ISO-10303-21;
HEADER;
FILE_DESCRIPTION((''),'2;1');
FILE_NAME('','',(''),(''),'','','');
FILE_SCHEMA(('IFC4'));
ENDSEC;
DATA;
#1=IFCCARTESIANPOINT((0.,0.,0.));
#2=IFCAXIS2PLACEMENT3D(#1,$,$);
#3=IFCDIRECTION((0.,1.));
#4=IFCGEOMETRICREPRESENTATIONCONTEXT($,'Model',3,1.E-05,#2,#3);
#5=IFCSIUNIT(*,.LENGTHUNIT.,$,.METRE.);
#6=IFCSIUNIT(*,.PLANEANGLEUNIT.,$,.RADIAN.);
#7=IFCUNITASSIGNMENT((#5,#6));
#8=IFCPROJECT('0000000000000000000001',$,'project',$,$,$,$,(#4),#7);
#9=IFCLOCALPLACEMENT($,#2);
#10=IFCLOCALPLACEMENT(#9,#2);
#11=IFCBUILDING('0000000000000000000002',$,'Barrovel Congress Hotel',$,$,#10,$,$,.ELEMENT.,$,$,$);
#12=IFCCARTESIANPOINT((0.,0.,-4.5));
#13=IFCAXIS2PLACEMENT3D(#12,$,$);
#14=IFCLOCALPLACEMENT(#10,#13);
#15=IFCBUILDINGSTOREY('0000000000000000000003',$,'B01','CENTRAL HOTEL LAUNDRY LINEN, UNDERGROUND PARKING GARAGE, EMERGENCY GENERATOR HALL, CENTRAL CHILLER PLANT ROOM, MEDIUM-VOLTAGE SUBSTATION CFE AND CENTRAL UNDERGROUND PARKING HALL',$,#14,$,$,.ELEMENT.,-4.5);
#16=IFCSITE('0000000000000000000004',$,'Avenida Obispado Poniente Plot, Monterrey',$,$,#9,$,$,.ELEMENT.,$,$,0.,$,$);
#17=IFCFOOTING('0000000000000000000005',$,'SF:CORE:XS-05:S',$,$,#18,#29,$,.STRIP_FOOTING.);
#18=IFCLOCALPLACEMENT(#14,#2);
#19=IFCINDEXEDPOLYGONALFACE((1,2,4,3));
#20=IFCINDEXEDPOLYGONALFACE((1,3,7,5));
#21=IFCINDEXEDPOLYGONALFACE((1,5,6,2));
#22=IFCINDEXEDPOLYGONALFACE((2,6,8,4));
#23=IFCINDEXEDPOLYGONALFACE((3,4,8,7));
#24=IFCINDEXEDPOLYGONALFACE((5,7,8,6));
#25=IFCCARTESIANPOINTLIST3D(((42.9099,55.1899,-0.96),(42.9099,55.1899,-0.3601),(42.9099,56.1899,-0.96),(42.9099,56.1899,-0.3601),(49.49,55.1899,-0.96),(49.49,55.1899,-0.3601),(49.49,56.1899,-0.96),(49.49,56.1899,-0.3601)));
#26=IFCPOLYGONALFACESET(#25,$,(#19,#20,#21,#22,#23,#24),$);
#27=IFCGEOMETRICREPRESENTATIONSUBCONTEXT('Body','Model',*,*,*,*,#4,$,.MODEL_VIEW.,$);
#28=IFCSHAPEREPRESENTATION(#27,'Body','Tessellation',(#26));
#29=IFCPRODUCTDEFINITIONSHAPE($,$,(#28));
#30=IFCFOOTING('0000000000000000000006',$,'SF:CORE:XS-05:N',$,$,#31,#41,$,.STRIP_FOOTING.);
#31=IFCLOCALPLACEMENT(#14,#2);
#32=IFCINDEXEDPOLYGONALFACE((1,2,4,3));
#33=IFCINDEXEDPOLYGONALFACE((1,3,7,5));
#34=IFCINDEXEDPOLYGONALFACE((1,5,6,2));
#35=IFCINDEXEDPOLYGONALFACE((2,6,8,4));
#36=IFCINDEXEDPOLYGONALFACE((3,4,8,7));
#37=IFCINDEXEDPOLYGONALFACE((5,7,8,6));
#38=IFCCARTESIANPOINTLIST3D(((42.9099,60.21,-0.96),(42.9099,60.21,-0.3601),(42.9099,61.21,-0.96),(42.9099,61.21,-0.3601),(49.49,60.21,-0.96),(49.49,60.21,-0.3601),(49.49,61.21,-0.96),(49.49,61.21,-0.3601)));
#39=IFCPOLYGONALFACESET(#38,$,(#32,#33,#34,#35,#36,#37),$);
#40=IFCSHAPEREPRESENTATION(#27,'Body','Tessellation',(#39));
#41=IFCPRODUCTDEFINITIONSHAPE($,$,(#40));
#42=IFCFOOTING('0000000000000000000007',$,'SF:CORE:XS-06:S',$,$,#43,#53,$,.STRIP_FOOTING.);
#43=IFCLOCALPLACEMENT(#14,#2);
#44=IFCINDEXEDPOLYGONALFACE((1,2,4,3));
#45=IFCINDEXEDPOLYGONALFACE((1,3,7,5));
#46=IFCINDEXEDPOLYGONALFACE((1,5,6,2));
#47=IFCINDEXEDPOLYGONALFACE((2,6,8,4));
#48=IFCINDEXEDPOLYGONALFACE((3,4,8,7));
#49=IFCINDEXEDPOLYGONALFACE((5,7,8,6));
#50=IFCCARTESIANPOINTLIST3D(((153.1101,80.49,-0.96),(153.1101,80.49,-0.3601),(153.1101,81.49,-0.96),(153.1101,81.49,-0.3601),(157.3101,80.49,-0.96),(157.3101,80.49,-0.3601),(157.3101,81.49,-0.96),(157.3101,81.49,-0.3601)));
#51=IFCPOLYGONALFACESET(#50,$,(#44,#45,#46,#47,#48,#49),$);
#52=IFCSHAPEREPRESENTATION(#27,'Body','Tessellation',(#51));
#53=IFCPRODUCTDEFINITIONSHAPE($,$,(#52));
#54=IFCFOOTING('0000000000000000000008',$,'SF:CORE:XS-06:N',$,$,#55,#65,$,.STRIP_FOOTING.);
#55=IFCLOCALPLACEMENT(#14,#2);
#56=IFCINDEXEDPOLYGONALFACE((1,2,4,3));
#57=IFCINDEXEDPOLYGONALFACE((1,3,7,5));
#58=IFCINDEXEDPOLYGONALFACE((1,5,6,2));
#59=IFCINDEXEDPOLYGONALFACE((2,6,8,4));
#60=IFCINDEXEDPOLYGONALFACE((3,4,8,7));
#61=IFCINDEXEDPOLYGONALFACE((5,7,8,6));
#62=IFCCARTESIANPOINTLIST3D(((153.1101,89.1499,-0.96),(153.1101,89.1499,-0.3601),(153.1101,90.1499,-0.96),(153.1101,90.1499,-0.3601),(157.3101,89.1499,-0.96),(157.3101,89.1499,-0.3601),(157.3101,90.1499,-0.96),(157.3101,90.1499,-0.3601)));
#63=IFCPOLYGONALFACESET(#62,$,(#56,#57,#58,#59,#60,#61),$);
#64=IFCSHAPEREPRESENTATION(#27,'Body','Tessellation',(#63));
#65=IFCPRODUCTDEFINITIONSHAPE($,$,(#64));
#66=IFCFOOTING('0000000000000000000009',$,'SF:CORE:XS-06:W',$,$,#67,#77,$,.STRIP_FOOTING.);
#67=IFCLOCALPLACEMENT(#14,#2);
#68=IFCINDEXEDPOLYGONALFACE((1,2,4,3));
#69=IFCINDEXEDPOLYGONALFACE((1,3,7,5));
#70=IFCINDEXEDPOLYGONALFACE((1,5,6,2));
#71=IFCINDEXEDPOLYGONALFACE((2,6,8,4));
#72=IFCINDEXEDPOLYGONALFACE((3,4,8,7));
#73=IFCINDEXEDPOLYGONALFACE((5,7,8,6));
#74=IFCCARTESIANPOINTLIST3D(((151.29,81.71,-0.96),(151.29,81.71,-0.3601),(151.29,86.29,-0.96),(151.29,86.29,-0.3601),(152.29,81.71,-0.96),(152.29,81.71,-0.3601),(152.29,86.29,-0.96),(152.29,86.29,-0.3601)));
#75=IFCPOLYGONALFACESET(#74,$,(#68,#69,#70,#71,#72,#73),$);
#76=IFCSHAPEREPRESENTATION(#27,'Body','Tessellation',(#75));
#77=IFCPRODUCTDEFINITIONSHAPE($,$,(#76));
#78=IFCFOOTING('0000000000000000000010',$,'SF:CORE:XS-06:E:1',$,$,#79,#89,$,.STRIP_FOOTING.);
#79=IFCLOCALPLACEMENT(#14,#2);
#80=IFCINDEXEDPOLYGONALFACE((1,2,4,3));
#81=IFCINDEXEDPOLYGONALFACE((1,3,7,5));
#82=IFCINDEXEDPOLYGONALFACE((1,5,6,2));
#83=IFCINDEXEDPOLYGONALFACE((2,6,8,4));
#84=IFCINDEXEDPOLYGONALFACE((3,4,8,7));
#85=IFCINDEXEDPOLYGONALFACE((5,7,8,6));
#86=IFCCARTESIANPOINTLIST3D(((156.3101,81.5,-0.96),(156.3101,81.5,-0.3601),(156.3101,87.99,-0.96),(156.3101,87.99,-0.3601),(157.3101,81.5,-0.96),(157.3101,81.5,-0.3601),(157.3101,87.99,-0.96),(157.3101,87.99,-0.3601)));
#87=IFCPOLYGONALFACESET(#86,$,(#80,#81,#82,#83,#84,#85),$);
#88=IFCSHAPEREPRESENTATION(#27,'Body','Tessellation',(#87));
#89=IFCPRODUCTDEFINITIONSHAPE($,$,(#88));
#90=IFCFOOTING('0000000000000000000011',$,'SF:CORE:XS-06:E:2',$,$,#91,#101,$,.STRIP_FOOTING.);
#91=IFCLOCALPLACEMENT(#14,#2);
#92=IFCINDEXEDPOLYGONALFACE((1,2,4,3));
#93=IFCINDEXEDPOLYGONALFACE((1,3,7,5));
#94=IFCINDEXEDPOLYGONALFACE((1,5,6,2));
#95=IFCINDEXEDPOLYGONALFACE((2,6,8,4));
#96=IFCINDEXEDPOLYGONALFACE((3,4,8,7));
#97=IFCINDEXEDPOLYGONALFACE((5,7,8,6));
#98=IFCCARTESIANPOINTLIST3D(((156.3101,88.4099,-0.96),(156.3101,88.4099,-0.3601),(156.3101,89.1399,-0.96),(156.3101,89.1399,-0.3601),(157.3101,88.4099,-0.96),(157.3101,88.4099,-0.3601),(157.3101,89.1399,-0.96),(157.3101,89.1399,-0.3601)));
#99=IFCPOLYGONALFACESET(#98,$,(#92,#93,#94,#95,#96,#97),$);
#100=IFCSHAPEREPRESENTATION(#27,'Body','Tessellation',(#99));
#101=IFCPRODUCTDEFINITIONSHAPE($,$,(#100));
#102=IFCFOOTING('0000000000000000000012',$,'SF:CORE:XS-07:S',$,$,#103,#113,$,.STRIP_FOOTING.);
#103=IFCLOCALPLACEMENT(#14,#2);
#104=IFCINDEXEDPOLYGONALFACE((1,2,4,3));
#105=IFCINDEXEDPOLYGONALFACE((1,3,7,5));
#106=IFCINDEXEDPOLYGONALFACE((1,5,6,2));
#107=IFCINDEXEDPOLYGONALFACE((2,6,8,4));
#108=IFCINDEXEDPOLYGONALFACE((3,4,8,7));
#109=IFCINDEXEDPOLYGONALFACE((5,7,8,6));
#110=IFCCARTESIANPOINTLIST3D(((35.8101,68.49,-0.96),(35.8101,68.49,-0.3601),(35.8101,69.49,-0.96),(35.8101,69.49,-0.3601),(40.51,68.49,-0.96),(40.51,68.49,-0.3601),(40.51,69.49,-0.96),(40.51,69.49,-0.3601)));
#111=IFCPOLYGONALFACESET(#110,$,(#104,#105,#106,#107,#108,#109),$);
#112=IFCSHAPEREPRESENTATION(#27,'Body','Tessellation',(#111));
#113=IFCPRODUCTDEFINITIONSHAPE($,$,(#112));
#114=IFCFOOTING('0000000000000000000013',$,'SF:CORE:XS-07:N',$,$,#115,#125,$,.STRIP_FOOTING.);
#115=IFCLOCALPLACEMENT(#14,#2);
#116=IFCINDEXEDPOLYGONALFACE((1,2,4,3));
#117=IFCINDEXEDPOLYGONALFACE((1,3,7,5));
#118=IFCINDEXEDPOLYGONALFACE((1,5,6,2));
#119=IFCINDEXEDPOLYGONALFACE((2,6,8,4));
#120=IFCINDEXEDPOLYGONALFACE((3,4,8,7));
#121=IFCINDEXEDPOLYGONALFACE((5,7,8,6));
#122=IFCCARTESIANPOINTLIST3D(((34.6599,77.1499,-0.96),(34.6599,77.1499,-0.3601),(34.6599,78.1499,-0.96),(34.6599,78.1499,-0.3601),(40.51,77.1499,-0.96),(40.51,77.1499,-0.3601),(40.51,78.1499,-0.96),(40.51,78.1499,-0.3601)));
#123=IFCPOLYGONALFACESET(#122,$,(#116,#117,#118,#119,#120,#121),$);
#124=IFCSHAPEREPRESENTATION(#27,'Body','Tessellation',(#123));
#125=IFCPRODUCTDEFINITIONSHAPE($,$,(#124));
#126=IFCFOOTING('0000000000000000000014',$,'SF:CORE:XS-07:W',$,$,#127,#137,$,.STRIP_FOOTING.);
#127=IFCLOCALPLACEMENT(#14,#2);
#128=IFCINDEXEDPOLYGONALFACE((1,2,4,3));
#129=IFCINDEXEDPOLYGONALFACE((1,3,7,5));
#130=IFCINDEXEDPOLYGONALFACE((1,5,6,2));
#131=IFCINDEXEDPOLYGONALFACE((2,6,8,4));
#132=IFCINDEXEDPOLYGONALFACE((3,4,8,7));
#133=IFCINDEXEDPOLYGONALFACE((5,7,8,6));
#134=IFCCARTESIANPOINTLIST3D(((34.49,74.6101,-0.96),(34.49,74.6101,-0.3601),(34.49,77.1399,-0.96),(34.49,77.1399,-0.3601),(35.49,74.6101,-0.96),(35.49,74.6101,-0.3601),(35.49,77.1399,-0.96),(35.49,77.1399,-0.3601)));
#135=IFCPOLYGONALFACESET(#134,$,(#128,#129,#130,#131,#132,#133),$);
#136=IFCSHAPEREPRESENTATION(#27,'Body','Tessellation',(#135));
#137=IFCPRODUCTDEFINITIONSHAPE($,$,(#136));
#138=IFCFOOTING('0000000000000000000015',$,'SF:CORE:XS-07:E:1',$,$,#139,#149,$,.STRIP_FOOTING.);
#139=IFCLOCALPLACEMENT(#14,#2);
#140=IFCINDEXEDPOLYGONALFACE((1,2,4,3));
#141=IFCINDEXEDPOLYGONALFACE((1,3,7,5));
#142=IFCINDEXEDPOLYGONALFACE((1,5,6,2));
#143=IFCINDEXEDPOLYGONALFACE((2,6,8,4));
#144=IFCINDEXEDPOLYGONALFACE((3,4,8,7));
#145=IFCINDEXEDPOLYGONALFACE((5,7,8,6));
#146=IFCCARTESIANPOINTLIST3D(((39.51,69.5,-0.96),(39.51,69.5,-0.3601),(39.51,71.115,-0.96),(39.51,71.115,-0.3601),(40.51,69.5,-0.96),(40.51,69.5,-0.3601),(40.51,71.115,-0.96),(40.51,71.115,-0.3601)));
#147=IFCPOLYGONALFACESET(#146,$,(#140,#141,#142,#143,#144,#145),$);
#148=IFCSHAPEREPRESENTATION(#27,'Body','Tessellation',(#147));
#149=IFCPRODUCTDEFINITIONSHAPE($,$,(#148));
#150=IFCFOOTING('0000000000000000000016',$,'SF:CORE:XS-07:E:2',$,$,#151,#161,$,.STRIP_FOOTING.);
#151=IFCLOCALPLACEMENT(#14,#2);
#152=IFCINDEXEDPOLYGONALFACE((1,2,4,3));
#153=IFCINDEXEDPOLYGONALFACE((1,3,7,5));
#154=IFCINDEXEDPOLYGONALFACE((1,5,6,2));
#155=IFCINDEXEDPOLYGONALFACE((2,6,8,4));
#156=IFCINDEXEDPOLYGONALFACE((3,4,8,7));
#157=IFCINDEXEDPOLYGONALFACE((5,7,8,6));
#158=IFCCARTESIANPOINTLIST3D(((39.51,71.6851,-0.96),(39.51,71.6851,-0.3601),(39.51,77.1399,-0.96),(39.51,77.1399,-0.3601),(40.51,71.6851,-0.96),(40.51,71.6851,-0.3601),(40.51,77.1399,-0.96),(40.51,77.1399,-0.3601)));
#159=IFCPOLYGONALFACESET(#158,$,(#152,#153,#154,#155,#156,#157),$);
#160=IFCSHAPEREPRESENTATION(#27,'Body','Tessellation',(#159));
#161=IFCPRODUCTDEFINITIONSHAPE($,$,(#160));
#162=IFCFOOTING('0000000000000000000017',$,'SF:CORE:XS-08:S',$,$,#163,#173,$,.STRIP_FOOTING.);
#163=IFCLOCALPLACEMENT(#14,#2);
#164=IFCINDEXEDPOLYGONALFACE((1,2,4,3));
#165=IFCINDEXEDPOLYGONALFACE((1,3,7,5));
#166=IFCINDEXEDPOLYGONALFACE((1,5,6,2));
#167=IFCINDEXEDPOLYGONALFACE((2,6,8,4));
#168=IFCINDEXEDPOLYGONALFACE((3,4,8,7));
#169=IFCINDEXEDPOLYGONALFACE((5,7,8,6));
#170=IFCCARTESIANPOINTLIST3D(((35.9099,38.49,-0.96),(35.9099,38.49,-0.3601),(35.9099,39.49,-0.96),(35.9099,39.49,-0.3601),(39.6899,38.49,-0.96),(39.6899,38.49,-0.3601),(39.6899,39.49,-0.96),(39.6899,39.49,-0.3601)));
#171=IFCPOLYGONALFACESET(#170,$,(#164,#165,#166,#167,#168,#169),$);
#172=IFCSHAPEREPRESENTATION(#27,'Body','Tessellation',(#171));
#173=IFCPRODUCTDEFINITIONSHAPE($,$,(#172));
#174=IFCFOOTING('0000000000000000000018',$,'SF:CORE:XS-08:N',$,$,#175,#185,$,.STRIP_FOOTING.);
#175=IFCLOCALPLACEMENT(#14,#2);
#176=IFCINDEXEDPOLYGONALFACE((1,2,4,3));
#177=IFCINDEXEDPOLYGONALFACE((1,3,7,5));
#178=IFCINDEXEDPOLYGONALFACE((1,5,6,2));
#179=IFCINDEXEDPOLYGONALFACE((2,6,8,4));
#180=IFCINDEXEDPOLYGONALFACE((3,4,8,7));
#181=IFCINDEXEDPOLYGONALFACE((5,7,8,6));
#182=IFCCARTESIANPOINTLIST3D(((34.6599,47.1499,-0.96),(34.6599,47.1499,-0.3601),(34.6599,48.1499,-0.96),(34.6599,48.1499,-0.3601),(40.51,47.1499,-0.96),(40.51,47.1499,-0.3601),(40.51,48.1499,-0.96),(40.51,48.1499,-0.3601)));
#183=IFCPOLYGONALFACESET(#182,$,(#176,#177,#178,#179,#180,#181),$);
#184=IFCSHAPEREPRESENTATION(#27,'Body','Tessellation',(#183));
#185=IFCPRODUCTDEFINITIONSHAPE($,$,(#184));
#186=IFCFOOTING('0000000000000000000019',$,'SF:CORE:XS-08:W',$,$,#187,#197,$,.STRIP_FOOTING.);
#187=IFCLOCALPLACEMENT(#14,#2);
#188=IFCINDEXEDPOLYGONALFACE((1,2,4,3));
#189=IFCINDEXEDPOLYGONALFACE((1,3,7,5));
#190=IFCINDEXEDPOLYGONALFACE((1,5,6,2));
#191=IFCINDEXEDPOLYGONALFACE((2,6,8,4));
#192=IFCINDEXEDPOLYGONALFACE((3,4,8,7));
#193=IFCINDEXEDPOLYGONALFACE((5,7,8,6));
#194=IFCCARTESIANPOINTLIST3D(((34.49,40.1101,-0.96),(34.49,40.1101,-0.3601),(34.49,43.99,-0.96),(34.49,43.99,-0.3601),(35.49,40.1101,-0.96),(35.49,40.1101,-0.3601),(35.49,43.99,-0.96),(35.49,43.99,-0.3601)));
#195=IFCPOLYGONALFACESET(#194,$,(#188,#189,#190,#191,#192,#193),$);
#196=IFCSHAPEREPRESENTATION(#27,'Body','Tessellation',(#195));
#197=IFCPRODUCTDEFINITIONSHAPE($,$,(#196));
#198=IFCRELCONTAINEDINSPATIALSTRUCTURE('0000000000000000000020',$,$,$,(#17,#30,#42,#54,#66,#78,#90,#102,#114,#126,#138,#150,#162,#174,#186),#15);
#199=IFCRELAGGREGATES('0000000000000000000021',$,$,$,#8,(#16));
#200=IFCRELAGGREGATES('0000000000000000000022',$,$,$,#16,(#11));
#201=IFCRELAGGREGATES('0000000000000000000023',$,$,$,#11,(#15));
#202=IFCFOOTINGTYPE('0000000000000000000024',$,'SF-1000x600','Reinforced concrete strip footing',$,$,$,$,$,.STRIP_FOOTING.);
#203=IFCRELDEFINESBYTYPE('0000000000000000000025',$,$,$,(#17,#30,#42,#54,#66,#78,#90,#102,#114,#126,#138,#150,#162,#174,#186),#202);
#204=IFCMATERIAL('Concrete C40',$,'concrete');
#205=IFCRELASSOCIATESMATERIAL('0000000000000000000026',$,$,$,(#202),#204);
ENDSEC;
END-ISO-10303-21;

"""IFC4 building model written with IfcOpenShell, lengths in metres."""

from ifc_helpers import new_model, si_unit, direction, frame, origin, place, context, subcontext, project, spatial, polyline, outline, extrude, material, type_object, element, save


model = new_model("IFC4")

# Units and contexts
model_context = context("Model", 3, precision=1e-05, world=origin(), true_north=direction((0.0, 1.0)))
body_context = subcontext(model_context, "Body", "Model", "MODEL_VIEW")
ifc_project = project(units=[si_unit("LENGTHUNIT", "METRE"), si_unit("PLANEANGLEUNIT", "RADIAN")], contexts=[model_context])

# Site, building, storey
site_placement = place(None, origin())
site = spatial("IfcSite", under=ifc_project, at=site_placement, Name="Avenida Obispado Poniente Plot, Monterrey", CompositionType="ELEMENT", RefElevation=0.0)
building_placement = place(site_placement, origin())
building = spatial("IfcBuilding", under=site, at=building_placement, Name="Barrovel Congress Hotel", CompositionType="ELEMENT")
storey_placement = place(building_placement, frame((0.0, 0.0, -4.5)))
storey = spatial("IfcBuildingStorey", under=building, at=storey_placement, Name="B01", Description="CENTRAL HOTEL LAUNDRY LINEN, UNDERGROUND PARKING GARAGE, EMERGENCY GENERATOR HALL, CENTRAL CHILLER PLANT ROOM, MEDIUM-VOLTAGE SUBSTATION CFE AND CENTRAL UNDERGROUND PARKING HALL", CompositionType="ELEMENT", Elevation=-4.5)

# Footings
ifc_material = material(Name="Concrete C40", Category="concrete")
footing_type = type_object("IfcFootingType", Name="SF-1000x600", Description="Reinforced concrete strip footing", PredefinedType="STRIP_FOOTING", material=ifc_material)
footing_1_placement = place(storey_placement, frame((0.0, 0.0, -0.96)))
element("IfcFooting", 1, at=footing_1_placement, inside=storey, type_object=footing_type, Name="SF:CORE:XS-05:S", PredefinedType="STRIP_FOOTING", context=body_context, shape_type="SweptSolid", body=[
    extrude(outline(polyline([(42.9099, 55.1899), (49.49, 55.1899), (49.49, 56.1899), (42.9099, 56.1899), (42.9099, 55.1899)])), origin(), (0.0, 0.0, 1.0), 0.5999),
])
footing_2_placement = place(storey_placement, frame((0.0, 0.0, -0.96)))
element("IfcFooting", 2, at=footing_2_placement, inside=storey, type_object=footing_type, Name="SF:CORE:XS-05:N", PredefinedType="STRIP_FOOTING", context=body_context, shape_type="SweptSolid", body=[
    extrude(outline(polyline([(42.9099, 60.21), (49.49, 60.21), (49.49, 61.21), (42.9099, 61.21), (42.9099, 60.21)])), origin(), (0.0, 0.0, 1.0), 0.5999),
])
footing_3_placement = place(storey_placement, frame((0.0, 0.0, -0.96)))
element("IfcFooting", 3, at=footing_3_placement, inside=storey, type_object=footing_type, Name="SF:CORE:XS-06:S", PredefinedType="STRIP_FOOTING", context=body_context, shape_type="SweptSolid", body=[
    extrude(outline(polyline([(153.1101, 80.49), (157.3101, 80.49), (157.3101, 81.49), (153.1101, 81.49), (153.1101, 80.49)])), origin(), (0.0, 0.0, 1.0), 0.5999),
])
footing_4_placement = place(storey_placement, frame((0.0, 0.0, -0.96)))
element("IfcFooting", 4, at=footing_4_placement, inside=storey, type_object=footing_type, Name="SF:CORE:XS-06:N", PredefinedType="STRIP_FOOTING", context=body_context, shape_type="SweptSolid", body=[
    extrude(outline(polyline([(153.1101, 89.1499), (157.3101, 89.1499), (157.3101, 90.1499), (153.1101, 90.1499), (153.1101, 89.1499)])), origin(), (0.0, 0.0, 1.0), 0.5999),
])
footing_5_placement = place(storey_placement, frame((0.0, 0.0, -0.96)))
element("IfcFooting", 5, at=footing_5_placement, inside=storey, type_object=footing_type, Name="SF:CORE:XS-06:W", PredefinedType="STRIP_FOOTING", context=body_context, shape_type="SweptSolid", body=[
    extrude(outline(polyline([(151.29, 81.71), (152.29, 81.71), (152.29, 86.29), (151.29, 86.29), (151.29, 81.71)])), origin(), (0.0, 0.0, 1.0), 0.5999),
])
footing_6_placement = place(storey_placement, frame((0.0, 0.0, -0.96)))
element("IfcFooting", 6, at=footing_6_placement, inside=storey, type_object=footing_type, Name="SF:CORE:XS-06:E:1", PredefinedType="STRIP_FOOTING", context=body_context, shape_type="SweptSolid", body=[
    extrude(outline(polyline([(156.3101, 81.5), (157.3101, 81.5), (157.3101, 87.99), (156.3101, 87.99), (156.3101, 81.5)])), origin(), (0.0, 0.0, 1.0), 0.5999),
])
footing_7_placement = place(storey_placement, frame((0.0, 0.0, -0.96)))
element("IfcFooting", 7, at=footing_7_placement, inside=storey, type_object=footing_type, Name="SF:CORE:XS-06:E:2", PredefinedType="STRIP_FOOTING", context=body_context, shape_type="SweptSolid", body=[
    extrude(outline(polyline([(156.3101, 88.4099), (157.3101, 88.4099), (157.3101, 89.1399), (156.3101, 89.1399), (156.3101, 88.4099)])), origin(), (0.0, 0.0, 1.0), 0.5999),
])
footing_8_placement = place(storey_placement, frame((0.0, 0.0, -0.96)))
element("IfcFooting", 8, at=footing_8_placement, inside=storey, type_object=footing_type, Name="SF:CORE:XS-07:S", PredefinedType="STRIP_FOOTING", context=body_context, shape_type="SweptSolid", body=[
    extrude(outline(polyline([(35.8101, 68.49), (40.51, 68.49), (40.51, 69.49), (35.8101, 69.49), (35.8101, 68.49)])), origin(), (0.0, 0.0, 1.0), 0.5999),
])
footing_9_placement = place(storey_placement, frame((0.0, 0.0, -0.96)))
element("IfcFooting", 9, at=footing_9_placement, inside=storey, type_object=footing_type, Name="SF:CORE:XS-07:N", PredefinedType="STRIP_FOOTING", context=body_context, shape_type="SweptSolid", body=[
    extrude(outline(polyline([(34.6599, 77.1499), (40.51, 77.1499), (40.51, 78.1499), (34.6599, 78.1499), (34.6599, 77.1499)])), origin(), (0.0, 0.0, 1.0), 0.5999),
])
footing_10_placement = place(storey_placement, frame((0.0, 0.0, -0.96)))
element("IfcFooting", 10, at=footing_10_placement, inside=storey, type_object=footing_type, Name="SF:CORE:XS-07:W", PredefinedType="STRIP_FOOTING", context=body_context, shape_type="SweptSolid", body=[
    extrude(outline(polyline([(34.49, 74.6101), (35.49, 74.6101), (35.49, 77.1399), (34.49, 77.1399), (34.49, 74.6101)])), origin(), (0.0, 0.0, 1.0), 0.5999),
])
footing_11_placement = place(storey_placement, frame((0.0, 0.0, -0.96)))
element("IfcFooting", 11, at=footing_11_placement, inside=storey, type_object=footing_type, Name="SF:CORE:XS-07:E:1", PredefinedType="STRIP_FOOTING", context=body_context, shape_type="SweptSolid", body=[
    extrude(outline(polyline([(39.51, 69.5), (40.51, 69.5), (40.51, 71.115), (39.51, 71.115), (39.51, 69.5)])), origin(), (0.0, 0.0, 1.0), 0.5999),
])
footing_12_placement = place(storey_placement, frame((0.0, 0.0, -0.96)))
element("IfcFooting", 12, at=footing_12_placement, inside=storey, type_object=footing_type, Name="SF:CORE:XS-07:E:2", PredefinedType="STRIP_FOOTING", context=body_context, shape_type="SweptSolid", body=[
    extrude(outline(polyline([(39.51, 71.6851), (40.51, 71.6851), (40.51, 77.1399), (39.51, 77.1399), (39.51, 71.6851)])), origin(), (0.0, 0.0, 1.0), 0.5999),
])
footing_13_placement = place(storey_placement, frame((0.0, 0.0, -0.96)))
element("IfcFooting", 13, at=footing_13_placement, inside=storey, type_object=footing_type, Name="SF:CORE:XS-08:S", PredefinedType="STRIP_FOOTING", context=body_context, shape_type="SweptSolid", body=[
    extrude(outline(polyline([(35.9099, 38.49), (39.6899, 38.49), (39.6899, 39.49), (35.9099, 39.49), (35.9099, 38.49)])), origin(), (0.0, 0.0, 1.0), 0.5999),
])
footing_14_placement = place(storey_placement, frame((0.0, 0.0, -0.96)))
element("IfcFooting", 14, at=footing_14_placement, inside=storey, type_object=footing_type, Name="SF:CORE:XS-08:N", PredefinedType="STRIP_FOOTING", context=body_context, shape_type="SweptSolid", body=[
    extrude(outline(polyline([(34.6599, 47.1499), (40.51, 47.1499), (40.51, 48.1499), (34.6599, 48.1499), (34.6599, 47.1499)])), origin(), (0.0, 0.0, 1.0), 0.5999),
])
footing_15_placement = place(storey_placement, frame((0.0, 0.0, -0.96)))
element("IfcFooting", 15, at=footing_15_placement, inside=storey, type_object=footing_type, Name="SF:CORE:XS-08:W", PredefinedType="STRIP_FOOTING", context=body_context, shape_type="SweptSolid", body=[
    extrude(outline(polyline([(34.49, 40.1101), (35.49, 40.1101), (35.49, 43.99), (34.49, 43.99), (34.49, 40.1101)])), origin(), (0.0, 0.0, 1.0), 0.5999),
])

save(model, "model.ifc")
